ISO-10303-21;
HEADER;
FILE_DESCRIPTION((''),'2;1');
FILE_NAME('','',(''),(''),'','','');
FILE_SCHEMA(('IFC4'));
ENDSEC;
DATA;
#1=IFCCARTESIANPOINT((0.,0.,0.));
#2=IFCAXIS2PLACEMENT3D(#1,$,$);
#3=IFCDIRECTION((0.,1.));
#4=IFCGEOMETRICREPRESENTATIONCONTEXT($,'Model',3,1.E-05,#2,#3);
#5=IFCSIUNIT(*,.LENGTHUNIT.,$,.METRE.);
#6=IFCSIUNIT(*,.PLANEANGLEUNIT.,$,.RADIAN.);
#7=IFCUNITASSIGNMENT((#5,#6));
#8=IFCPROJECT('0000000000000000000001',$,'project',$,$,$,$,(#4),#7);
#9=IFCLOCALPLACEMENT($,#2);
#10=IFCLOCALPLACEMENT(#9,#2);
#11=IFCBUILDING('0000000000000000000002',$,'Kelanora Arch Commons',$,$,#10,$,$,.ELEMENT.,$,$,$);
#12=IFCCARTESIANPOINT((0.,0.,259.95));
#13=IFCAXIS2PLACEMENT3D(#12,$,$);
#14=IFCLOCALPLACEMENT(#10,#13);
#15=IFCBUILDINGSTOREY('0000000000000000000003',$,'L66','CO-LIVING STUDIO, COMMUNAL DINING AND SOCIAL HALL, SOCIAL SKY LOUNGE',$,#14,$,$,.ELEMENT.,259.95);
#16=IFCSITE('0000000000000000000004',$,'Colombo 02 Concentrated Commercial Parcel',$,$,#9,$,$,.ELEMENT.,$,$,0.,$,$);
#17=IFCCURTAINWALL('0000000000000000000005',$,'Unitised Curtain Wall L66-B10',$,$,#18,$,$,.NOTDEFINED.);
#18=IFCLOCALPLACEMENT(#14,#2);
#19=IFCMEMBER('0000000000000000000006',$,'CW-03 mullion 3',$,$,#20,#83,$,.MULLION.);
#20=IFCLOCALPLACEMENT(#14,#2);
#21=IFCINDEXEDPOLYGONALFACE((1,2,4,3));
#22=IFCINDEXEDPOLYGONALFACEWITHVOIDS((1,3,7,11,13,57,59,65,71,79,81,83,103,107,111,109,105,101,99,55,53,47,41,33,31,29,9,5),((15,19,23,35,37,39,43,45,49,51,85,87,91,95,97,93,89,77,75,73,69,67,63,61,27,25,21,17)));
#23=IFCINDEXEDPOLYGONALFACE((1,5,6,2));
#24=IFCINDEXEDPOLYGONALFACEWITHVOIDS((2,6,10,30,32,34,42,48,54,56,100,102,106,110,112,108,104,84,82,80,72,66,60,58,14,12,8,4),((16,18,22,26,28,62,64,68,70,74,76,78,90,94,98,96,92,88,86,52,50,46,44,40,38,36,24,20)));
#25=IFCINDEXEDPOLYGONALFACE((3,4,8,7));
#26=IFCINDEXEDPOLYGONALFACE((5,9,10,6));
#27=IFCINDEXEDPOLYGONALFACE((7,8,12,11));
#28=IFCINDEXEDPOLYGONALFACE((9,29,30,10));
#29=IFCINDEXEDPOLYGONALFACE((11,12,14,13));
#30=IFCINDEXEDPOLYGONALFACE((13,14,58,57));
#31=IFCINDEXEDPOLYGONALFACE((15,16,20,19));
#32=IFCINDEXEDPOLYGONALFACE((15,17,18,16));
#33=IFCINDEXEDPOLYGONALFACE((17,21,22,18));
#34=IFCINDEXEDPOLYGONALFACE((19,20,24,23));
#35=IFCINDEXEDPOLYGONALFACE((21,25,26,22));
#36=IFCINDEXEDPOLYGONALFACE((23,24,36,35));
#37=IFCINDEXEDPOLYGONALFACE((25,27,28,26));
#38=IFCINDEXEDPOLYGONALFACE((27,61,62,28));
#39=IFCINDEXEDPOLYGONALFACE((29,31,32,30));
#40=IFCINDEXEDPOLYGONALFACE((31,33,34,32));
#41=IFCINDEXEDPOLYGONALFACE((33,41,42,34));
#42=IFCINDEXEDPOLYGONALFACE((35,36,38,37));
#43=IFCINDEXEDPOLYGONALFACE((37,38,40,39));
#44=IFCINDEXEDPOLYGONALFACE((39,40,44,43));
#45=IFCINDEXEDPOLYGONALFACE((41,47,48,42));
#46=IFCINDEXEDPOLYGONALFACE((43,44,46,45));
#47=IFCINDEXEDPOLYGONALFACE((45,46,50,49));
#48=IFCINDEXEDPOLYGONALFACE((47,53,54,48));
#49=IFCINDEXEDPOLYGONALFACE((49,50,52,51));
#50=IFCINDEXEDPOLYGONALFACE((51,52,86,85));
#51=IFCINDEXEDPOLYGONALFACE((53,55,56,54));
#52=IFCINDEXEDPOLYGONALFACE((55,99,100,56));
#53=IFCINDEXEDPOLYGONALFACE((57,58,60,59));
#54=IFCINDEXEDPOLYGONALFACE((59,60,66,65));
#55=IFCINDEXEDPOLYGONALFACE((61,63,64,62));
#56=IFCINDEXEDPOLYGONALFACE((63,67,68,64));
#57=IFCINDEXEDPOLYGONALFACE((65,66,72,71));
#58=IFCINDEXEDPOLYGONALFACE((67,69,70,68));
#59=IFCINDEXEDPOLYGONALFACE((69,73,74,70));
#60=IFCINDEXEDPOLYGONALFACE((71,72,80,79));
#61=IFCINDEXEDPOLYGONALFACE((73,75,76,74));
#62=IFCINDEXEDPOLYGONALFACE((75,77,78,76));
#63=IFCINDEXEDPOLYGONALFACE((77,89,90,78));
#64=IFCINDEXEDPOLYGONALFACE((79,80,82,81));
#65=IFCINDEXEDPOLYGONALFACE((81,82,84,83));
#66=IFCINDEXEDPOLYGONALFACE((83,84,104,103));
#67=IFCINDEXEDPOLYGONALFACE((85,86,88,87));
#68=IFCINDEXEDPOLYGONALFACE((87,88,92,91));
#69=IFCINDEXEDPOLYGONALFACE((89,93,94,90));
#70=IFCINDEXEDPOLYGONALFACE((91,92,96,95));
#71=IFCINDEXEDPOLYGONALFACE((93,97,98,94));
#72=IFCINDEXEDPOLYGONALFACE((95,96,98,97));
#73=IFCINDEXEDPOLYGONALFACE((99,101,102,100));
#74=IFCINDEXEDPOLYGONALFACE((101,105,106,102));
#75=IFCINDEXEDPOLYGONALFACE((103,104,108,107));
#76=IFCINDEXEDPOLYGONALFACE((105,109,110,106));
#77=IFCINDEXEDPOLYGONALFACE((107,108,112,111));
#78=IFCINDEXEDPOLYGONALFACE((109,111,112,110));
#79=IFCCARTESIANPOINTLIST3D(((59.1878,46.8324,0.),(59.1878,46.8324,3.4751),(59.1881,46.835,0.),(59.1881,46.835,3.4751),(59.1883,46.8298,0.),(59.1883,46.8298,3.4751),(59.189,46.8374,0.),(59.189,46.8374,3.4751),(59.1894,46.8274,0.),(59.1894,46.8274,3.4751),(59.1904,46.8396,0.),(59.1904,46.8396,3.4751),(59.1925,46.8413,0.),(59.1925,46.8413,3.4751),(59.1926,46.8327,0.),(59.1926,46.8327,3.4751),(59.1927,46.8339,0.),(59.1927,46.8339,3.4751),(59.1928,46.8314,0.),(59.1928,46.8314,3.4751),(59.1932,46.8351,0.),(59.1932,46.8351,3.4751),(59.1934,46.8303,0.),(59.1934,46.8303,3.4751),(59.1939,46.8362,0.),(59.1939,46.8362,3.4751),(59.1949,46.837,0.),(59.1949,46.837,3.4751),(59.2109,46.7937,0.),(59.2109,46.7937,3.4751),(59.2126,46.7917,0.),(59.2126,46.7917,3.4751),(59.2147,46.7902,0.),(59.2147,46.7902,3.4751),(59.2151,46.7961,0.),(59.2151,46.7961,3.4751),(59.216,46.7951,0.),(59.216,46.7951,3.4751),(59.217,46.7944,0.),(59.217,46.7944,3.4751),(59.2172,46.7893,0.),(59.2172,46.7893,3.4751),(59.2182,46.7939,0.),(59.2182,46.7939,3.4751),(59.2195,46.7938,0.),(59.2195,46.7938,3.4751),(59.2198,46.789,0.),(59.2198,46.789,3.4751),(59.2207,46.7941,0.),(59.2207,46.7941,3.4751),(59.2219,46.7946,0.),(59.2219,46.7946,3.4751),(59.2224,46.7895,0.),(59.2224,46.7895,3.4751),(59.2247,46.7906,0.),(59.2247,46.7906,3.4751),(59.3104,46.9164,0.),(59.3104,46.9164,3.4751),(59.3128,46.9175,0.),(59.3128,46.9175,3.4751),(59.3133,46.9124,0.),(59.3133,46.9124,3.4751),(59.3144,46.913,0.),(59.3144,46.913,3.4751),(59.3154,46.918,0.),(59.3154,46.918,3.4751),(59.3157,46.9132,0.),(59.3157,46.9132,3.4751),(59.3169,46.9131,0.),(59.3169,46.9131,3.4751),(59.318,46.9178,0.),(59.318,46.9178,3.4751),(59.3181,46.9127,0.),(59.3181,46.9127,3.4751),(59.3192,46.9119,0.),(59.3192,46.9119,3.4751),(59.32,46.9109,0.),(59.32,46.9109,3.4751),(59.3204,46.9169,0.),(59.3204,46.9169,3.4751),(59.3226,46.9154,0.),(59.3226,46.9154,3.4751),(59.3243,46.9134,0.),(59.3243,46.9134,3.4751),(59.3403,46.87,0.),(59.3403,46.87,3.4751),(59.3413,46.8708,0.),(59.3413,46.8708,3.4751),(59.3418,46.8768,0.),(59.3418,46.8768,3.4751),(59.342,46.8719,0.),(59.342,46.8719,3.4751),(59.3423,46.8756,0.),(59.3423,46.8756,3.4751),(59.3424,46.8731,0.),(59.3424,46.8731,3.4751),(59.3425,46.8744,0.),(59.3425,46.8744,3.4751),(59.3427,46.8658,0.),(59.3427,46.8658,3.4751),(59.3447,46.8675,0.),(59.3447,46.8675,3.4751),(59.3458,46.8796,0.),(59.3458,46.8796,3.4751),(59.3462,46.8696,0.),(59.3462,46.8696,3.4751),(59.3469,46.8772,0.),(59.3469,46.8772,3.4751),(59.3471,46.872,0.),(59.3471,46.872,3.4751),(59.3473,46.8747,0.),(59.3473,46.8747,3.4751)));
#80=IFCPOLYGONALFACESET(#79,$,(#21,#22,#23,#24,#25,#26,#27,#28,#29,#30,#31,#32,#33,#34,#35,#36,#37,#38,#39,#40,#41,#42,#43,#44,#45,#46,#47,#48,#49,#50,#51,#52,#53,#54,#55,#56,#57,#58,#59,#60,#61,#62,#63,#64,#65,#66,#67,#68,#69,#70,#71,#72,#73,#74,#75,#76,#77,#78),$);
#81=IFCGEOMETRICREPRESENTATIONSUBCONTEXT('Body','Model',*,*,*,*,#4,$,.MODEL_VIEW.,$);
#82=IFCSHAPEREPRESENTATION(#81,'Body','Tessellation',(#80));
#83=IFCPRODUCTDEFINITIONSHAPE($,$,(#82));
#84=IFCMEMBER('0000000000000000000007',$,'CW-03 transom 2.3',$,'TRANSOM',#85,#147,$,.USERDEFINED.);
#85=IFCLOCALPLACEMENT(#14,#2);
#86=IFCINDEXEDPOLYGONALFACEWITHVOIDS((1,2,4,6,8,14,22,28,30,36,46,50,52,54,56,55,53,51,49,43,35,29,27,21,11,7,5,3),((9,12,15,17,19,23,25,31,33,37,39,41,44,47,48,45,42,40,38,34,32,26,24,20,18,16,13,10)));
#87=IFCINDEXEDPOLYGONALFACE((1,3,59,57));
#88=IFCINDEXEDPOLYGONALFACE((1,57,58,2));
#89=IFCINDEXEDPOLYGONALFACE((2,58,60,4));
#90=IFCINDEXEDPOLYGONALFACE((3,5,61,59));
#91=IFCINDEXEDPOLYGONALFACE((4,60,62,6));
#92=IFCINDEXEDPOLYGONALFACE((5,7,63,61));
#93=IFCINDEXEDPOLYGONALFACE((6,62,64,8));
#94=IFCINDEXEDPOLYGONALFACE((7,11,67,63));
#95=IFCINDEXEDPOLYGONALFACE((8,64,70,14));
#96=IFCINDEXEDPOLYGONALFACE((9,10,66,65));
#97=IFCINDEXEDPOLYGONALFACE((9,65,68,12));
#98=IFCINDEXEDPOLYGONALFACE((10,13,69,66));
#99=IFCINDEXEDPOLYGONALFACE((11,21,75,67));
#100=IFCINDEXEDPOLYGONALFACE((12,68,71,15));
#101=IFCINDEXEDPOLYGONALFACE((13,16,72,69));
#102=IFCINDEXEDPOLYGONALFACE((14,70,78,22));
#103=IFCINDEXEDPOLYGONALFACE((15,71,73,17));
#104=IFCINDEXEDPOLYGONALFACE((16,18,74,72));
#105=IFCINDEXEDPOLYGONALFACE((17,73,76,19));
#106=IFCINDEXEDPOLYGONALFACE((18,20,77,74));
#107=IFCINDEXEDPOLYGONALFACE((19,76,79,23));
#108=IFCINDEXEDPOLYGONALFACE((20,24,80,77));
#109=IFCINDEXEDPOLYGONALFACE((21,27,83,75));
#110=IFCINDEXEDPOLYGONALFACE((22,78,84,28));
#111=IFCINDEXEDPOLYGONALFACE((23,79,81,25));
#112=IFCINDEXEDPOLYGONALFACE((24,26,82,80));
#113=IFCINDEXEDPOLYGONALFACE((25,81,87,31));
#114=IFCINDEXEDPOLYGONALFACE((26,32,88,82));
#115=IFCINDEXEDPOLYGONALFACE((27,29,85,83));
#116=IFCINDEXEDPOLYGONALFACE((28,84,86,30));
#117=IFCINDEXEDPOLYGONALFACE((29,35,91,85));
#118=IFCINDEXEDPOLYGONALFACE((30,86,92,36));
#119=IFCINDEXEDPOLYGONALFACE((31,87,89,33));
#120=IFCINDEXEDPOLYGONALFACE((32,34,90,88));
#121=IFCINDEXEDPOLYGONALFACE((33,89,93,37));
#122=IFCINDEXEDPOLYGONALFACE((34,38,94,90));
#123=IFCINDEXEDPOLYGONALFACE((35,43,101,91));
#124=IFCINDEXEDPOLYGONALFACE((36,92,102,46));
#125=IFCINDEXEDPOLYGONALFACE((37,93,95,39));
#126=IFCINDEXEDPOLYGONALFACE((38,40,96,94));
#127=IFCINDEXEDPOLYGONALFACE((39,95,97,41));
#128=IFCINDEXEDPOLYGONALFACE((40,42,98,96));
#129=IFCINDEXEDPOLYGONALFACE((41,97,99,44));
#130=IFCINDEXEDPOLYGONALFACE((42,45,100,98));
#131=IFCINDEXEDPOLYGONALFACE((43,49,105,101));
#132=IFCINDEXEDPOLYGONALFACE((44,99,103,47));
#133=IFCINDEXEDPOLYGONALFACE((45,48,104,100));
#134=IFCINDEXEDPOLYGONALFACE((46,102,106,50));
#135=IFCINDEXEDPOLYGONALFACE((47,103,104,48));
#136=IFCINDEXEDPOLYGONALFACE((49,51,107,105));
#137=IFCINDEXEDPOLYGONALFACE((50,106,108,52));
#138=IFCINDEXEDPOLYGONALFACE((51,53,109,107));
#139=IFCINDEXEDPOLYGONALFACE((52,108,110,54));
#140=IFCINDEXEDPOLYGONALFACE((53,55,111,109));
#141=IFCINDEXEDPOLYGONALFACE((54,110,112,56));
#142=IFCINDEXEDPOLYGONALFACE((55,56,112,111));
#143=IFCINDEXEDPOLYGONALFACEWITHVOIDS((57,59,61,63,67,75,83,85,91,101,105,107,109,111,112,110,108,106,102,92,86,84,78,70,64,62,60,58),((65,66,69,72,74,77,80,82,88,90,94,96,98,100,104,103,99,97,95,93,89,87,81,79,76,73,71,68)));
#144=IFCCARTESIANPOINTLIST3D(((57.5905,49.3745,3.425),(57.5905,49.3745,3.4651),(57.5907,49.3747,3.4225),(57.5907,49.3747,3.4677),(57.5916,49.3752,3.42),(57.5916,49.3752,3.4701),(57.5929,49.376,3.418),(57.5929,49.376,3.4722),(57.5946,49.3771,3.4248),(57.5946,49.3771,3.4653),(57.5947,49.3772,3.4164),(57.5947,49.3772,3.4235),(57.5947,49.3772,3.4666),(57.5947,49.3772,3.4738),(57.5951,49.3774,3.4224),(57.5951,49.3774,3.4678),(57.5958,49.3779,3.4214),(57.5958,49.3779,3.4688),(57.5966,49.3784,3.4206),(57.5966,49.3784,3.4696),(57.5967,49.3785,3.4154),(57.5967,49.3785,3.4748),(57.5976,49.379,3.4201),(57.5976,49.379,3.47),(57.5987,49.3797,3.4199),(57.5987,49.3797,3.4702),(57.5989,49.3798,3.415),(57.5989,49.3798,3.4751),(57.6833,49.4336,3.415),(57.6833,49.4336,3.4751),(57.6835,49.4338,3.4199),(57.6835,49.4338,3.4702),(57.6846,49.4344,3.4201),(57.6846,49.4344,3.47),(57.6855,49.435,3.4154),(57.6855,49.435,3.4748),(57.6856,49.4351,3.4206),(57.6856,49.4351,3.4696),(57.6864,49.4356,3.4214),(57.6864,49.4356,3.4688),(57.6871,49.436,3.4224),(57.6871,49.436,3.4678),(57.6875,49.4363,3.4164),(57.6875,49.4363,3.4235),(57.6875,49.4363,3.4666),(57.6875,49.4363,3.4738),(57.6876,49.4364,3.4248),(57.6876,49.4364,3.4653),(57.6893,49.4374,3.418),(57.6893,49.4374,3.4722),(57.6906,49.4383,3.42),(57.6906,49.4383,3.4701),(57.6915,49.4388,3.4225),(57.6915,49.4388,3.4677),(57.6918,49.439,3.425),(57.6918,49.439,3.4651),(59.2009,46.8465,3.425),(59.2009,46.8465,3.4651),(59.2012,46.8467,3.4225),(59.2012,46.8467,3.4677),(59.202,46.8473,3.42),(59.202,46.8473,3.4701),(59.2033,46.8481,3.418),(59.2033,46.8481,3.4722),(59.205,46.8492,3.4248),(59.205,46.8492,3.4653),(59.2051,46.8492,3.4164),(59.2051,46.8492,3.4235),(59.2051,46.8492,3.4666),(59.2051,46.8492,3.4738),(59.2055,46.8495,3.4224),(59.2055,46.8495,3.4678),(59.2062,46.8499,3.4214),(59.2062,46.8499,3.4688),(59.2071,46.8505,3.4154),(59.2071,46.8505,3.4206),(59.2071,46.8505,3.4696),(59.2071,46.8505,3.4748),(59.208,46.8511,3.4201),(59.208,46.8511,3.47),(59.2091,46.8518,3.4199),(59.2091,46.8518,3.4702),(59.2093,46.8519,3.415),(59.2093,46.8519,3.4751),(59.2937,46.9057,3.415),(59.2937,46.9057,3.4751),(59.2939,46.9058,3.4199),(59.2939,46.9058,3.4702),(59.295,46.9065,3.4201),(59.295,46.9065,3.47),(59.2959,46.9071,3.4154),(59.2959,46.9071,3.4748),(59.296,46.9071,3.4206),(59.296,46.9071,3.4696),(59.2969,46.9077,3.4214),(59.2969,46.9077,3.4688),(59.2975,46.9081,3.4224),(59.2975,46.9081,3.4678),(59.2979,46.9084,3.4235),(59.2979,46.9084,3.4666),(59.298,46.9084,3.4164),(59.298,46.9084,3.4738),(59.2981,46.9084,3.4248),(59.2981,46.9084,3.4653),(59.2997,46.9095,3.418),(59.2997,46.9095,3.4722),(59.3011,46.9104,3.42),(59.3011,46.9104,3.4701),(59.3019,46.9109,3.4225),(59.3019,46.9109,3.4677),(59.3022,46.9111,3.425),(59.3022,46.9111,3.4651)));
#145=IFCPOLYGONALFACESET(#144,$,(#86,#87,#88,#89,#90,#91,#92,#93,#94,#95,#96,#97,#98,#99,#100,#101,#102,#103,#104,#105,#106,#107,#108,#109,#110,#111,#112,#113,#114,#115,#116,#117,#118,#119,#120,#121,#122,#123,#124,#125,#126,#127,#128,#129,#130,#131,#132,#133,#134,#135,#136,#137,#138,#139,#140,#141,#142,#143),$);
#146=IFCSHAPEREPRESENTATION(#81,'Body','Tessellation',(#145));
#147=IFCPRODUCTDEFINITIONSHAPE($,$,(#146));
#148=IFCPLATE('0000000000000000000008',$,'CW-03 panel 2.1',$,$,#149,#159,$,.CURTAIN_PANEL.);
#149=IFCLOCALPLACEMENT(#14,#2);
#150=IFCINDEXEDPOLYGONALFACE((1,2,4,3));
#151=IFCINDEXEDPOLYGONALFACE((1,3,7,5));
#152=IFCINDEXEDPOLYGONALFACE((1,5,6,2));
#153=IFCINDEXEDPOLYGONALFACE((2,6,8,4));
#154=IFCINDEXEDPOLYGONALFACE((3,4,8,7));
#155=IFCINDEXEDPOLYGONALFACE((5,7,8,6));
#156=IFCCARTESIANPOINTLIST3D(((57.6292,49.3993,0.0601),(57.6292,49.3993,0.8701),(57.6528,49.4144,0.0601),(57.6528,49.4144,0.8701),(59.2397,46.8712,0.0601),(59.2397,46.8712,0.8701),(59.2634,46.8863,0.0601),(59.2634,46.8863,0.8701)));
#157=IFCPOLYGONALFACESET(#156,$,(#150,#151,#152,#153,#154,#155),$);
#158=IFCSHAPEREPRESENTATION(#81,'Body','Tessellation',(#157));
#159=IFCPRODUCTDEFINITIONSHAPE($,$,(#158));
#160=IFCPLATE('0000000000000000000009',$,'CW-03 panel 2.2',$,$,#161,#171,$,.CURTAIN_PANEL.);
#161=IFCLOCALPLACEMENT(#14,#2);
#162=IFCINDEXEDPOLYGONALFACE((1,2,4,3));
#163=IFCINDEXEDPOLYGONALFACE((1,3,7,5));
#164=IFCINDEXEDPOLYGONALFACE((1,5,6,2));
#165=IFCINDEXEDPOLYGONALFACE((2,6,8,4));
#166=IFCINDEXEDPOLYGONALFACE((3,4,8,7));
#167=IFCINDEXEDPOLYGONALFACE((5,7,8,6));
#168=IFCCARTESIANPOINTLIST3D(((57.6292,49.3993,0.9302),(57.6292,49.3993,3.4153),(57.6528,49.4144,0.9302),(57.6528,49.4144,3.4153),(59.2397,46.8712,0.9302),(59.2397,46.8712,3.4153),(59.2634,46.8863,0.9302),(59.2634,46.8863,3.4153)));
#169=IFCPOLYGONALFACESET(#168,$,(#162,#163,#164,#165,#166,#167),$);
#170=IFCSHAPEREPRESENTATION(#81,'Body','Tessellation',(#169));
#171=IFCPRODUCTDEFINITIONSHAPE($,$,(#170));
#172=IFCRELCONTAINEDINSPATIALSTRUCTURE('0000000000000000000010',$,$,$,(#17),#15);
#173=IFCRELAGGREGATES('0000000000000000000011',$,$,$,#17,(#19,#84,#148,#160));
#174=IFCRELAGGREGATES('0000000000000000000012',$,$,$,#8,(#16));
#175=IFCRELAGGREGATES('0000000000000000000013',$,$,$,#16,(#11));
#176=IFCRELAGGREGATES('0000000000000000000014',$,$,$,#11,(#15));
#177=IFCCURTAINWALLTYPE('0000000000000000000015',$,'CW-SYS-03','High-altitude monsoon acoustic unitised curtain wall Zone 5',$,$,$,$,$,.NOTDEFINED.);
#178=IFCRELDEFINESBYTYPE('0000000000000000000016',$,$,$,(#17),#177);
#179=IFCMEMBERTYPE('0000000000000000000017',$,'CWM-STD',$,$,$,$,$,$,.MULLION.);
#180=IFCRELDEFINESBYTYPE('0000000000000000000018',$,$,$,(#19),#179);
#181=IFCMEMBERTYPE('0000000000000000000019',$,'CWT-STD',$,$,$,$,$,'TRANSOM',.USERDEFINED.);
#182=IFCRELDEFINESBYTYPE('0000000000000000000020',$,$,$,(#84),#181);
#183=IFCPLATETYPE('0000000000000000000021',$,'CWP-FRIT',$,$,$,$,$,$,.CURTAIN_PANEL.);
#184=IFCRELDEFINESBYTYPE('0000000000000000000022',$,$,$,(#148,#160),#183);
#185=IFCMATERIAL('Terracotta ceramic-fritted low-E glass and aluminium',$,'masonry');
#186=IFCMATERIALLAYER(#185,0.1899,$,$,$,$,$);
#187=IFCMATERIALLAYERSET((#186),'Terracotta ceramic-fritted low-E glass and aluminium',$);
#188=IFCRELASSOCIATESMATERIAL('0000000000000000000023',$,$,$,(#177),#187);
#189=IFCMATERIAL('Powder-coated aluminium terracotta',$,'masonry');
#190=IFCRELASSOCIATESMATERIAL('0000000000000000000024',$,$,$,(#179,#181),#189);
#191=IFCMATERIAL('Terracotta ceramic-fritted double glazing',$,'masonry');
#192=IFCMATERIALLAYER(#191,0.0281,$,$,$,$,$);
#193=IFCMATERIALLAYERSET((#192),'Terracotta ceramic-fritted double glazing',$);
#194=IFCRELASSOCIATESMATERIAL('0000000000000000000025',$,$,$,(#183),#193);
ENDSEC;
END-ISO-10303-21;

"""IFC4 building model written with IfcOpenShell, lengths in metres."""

from ifc_helpers import new_model, si_unit, direction, frame, origin, origin_2d, place, context, subcontext, project, spatial, rectangle, hollow_rectangle, extrude, source, transform, mapped, material, layer, layer_set, material_profile, profile_set, type_object, element, aggregate, save


model = new_model("IFC4")

# Units and contexts
model_context = context("Model", 3, precision=1e-05, world=origin(), true_north=direction((0.0, 1.0)))
body_context = subcontext(model_context, "Body", "Model", "MODEL_VIEW")
ifc_project = project(units=[si_unit("LENGTHUNIT", "METRE"), si_unit("PLANEANGLEUNIT", "RADIAN")], contexts=[model_context])

# Site, building, storey
site_placement = place(None, origin())
site = spatial("IfcSite", under=ifc_project, at=site_placement, Name="Colombo 02 Concentrated Commercial Parcel", CompositionType="ELEMENT", RefElevation=0.0)
building_placement = place(site_placement, origin())
building = spatial("IfcBuilding", under=site, at=building_placement, Name="Kelanora Arch Commons", CompositionType="ELEMENT")
storey_placement = place(building_placement, frame((0.0, 0.0, 259.95)))
storey = spatial("IfcBuildingStorey", under=building, at=storey_placement, Name="L66", Description="CO-LIVING STUDIO, COMMUNAL DINING AND SOCIAL HALL, SOCIAL SKY LOUNGE", CompositionType="ELEMENT", Elevation=259.95)

# Curtain wall, members, plates
ifc_material_1 = material(Name="Terracotta ceramic-fritted low-E glass and aluminium", Category="masonry")
ifc_layer_1 = layer(ifc_material_1, 0.1899)
ifc_layer_set_1 = layer_set([ifc_layer_1], Name="Terracotta ceramic-fritted low-E glass and aluminium")
curtain_wall_type = type_object("IfcCurtainWallType", Name="CW-SYS-03", Description="High-altitude monsoon acoustic unitised curtain wall Zone 5", PredefinedType="NOTDEFINED", material=ifc_layer_set_1)
curtain_wall_placement = place(storey_placement, origin())
curtain_wall = element("IfcCurtainWall", 1, at=curtain_wall_placement, inside=storey, type_object=curtain_wall_type, Name="Unitised Curtain Wall L66-B10", PredefinedType="NOTDEFINED")
ifc_material_2 = material(Name="Powder-coated aluminium terracotta", Category="masonry")
ifc_material_profile_1 = material_profile(ifc_material_2, hollow_rectangle(XDim=0.1599, YDim=0.0601, WallThickness=0.0049, InnerFilletRadius=0.0049, OuterFilletRadius=0.01, at=origin_2d()), Name="CWM160x60")
ifc_profile_set_1 = profile_set([ifc_material_profile_1], Name="Powder-coated aluminium terracotta")
member_type_1 = type_object("IfcMemberType", Name="CWM-STD", PredefinedType="MULLION", material=ifc_profile_set_1)
member_1_placement = place(storey_placement, frame((59.2676, 46.8535, 0.0), z_axis=(0.0, 0.0, 1.0), x_axis=(0.843391, 0.5373, 0.0)))
member_1 = element("IfcMember", 2, at=member_1_placement, type_object=member_type_1, Name="CW-03 mullion 3", PredefinedType="MULLION", context=body_context, shape_type="SweptSolid", body=[
    extrude(hollow_rectangle(XDim=0.1599, YDim=0.0601, WallThickness=0.0049, InnerFilletRadius=0.0049, OuterFilletRadius=0.01, at=origin_2d()), origin(), (0.0, 0.0, 1.0), 3.4751),
])
ifc_material_profile_2 = material_profile(ifc_material_2, hollow_rectangle(XDim=0.1201, YDim=0.0601, WallThickness=0.0049, InnerFilletRadius=0.0049, OuterFilletRadius=0.01, at=origin_2d()), Name="CWT120x60")
ifc_profile_set_2 = profile_set([ifc_material_profile_2], Name="Powder-coated aluminium terracotta")
member_type_2 = type_object("IfcMemberType", Name="CWT-STD", ElementType="TRANSOM", PredefinedType="USERDEFINED", material=ifc_profile_set_2)
member_2_placement = place(storey_placement, frame((57.6411, 49.4067, 3.4451), z_axis=(0.537287, -0.8434, 0.0), x_axis=(0.8434, 0.537287, 0.0)))
member_2 = element("IfcMember", 3, at=member_2_placement, type_object=member_type_2, Name="CW-03 transom 2.3", ObjectType="TRANSOM", PredefinedType="USERDEFINED", context=body_context, shape_type="SweptSolid", body=[
    extrude(hollow_rectangle(XDim=0.1201, YDim=0.0601, WallThickness=0.0049, InnerFilletRadius=0.0049, OuterFilletRadius=0.01, at=origin_2d()), origin(), (0.0, 0.0, 1.0), 2.9973),
])
ifc_material_3 = material(Name="Terracotta ceramic-fritted double glazing", Category="masonry")
ifc_layer_2 = layer(ifc_material_3, 0.0281)
ifc_layer_set_2 = layer_set([ifc_layer_2], Name="Terracotta ceramic-fritted double glazing")
plate_type = type_object("IfcPlateType", Name="CWP-FRIT", PredefinedType="CURTAIN_PANEL", material=ifc_layer_set_2)
shared_shape_1 = source(origin(), body_context, "Body", "SweptSolid", [
    extrude(rectangle(XDim=2.9976, YDim=0.0281, at=origin_2d()), origin(), (0.0, 0.0, 1.0), 0.8101),
])
plate_1_placement = place(storey_placement, frame((58.4463, 48.1428, 0.0601), z_axis=(0.0, 0.0, 1.0), x_axis=(0.5373, -0.843391, 0.0)))
plate_1 = element("IfcPlate", 4, at=plate_1_placement, type_object=plate_type, Name="CW-03 panel 2.1", PredefinedType="CURTAIN_PANEL", context=body_context, shape_type="MappedRepresentation", body=[
    mapped(shared_shape_1, transform((0.0, 0.0, 0.0), scale=1.0)),
])
shared_shape_2 = source(origin(), body_context, "Body", "SweptSolid", [
    extrude(rectangle(XDim=2.9976, YDim=0.0281, at=origin_2d()), origin(), (0.0, 0.0, 1.0), 2.4851),
])
plate_2_placement = place(storey_placement, frame((58.4463, 48.1428, 0.9302), z_axis=(0.0, 0.0, 1.0), x_axis=(0.5373, -0.843391, 0.0)))
plate_2 = element("IfcPlate", 5, at=plate_2_placement, type_object=plate_type, Name="CW-03 panel 2.2", PredefinedType="CURTAIN_PANEL", context=body_context, shape_type="MappedRepresentation", body=[
    mapped(shared_shape_2, transform((0.0, 0.0, 0.0), scale=1.0)),
])
aggregate(curtain_wall, [member_1, member_2, plate_1, plate_2])

save(model, "model.ifc")
